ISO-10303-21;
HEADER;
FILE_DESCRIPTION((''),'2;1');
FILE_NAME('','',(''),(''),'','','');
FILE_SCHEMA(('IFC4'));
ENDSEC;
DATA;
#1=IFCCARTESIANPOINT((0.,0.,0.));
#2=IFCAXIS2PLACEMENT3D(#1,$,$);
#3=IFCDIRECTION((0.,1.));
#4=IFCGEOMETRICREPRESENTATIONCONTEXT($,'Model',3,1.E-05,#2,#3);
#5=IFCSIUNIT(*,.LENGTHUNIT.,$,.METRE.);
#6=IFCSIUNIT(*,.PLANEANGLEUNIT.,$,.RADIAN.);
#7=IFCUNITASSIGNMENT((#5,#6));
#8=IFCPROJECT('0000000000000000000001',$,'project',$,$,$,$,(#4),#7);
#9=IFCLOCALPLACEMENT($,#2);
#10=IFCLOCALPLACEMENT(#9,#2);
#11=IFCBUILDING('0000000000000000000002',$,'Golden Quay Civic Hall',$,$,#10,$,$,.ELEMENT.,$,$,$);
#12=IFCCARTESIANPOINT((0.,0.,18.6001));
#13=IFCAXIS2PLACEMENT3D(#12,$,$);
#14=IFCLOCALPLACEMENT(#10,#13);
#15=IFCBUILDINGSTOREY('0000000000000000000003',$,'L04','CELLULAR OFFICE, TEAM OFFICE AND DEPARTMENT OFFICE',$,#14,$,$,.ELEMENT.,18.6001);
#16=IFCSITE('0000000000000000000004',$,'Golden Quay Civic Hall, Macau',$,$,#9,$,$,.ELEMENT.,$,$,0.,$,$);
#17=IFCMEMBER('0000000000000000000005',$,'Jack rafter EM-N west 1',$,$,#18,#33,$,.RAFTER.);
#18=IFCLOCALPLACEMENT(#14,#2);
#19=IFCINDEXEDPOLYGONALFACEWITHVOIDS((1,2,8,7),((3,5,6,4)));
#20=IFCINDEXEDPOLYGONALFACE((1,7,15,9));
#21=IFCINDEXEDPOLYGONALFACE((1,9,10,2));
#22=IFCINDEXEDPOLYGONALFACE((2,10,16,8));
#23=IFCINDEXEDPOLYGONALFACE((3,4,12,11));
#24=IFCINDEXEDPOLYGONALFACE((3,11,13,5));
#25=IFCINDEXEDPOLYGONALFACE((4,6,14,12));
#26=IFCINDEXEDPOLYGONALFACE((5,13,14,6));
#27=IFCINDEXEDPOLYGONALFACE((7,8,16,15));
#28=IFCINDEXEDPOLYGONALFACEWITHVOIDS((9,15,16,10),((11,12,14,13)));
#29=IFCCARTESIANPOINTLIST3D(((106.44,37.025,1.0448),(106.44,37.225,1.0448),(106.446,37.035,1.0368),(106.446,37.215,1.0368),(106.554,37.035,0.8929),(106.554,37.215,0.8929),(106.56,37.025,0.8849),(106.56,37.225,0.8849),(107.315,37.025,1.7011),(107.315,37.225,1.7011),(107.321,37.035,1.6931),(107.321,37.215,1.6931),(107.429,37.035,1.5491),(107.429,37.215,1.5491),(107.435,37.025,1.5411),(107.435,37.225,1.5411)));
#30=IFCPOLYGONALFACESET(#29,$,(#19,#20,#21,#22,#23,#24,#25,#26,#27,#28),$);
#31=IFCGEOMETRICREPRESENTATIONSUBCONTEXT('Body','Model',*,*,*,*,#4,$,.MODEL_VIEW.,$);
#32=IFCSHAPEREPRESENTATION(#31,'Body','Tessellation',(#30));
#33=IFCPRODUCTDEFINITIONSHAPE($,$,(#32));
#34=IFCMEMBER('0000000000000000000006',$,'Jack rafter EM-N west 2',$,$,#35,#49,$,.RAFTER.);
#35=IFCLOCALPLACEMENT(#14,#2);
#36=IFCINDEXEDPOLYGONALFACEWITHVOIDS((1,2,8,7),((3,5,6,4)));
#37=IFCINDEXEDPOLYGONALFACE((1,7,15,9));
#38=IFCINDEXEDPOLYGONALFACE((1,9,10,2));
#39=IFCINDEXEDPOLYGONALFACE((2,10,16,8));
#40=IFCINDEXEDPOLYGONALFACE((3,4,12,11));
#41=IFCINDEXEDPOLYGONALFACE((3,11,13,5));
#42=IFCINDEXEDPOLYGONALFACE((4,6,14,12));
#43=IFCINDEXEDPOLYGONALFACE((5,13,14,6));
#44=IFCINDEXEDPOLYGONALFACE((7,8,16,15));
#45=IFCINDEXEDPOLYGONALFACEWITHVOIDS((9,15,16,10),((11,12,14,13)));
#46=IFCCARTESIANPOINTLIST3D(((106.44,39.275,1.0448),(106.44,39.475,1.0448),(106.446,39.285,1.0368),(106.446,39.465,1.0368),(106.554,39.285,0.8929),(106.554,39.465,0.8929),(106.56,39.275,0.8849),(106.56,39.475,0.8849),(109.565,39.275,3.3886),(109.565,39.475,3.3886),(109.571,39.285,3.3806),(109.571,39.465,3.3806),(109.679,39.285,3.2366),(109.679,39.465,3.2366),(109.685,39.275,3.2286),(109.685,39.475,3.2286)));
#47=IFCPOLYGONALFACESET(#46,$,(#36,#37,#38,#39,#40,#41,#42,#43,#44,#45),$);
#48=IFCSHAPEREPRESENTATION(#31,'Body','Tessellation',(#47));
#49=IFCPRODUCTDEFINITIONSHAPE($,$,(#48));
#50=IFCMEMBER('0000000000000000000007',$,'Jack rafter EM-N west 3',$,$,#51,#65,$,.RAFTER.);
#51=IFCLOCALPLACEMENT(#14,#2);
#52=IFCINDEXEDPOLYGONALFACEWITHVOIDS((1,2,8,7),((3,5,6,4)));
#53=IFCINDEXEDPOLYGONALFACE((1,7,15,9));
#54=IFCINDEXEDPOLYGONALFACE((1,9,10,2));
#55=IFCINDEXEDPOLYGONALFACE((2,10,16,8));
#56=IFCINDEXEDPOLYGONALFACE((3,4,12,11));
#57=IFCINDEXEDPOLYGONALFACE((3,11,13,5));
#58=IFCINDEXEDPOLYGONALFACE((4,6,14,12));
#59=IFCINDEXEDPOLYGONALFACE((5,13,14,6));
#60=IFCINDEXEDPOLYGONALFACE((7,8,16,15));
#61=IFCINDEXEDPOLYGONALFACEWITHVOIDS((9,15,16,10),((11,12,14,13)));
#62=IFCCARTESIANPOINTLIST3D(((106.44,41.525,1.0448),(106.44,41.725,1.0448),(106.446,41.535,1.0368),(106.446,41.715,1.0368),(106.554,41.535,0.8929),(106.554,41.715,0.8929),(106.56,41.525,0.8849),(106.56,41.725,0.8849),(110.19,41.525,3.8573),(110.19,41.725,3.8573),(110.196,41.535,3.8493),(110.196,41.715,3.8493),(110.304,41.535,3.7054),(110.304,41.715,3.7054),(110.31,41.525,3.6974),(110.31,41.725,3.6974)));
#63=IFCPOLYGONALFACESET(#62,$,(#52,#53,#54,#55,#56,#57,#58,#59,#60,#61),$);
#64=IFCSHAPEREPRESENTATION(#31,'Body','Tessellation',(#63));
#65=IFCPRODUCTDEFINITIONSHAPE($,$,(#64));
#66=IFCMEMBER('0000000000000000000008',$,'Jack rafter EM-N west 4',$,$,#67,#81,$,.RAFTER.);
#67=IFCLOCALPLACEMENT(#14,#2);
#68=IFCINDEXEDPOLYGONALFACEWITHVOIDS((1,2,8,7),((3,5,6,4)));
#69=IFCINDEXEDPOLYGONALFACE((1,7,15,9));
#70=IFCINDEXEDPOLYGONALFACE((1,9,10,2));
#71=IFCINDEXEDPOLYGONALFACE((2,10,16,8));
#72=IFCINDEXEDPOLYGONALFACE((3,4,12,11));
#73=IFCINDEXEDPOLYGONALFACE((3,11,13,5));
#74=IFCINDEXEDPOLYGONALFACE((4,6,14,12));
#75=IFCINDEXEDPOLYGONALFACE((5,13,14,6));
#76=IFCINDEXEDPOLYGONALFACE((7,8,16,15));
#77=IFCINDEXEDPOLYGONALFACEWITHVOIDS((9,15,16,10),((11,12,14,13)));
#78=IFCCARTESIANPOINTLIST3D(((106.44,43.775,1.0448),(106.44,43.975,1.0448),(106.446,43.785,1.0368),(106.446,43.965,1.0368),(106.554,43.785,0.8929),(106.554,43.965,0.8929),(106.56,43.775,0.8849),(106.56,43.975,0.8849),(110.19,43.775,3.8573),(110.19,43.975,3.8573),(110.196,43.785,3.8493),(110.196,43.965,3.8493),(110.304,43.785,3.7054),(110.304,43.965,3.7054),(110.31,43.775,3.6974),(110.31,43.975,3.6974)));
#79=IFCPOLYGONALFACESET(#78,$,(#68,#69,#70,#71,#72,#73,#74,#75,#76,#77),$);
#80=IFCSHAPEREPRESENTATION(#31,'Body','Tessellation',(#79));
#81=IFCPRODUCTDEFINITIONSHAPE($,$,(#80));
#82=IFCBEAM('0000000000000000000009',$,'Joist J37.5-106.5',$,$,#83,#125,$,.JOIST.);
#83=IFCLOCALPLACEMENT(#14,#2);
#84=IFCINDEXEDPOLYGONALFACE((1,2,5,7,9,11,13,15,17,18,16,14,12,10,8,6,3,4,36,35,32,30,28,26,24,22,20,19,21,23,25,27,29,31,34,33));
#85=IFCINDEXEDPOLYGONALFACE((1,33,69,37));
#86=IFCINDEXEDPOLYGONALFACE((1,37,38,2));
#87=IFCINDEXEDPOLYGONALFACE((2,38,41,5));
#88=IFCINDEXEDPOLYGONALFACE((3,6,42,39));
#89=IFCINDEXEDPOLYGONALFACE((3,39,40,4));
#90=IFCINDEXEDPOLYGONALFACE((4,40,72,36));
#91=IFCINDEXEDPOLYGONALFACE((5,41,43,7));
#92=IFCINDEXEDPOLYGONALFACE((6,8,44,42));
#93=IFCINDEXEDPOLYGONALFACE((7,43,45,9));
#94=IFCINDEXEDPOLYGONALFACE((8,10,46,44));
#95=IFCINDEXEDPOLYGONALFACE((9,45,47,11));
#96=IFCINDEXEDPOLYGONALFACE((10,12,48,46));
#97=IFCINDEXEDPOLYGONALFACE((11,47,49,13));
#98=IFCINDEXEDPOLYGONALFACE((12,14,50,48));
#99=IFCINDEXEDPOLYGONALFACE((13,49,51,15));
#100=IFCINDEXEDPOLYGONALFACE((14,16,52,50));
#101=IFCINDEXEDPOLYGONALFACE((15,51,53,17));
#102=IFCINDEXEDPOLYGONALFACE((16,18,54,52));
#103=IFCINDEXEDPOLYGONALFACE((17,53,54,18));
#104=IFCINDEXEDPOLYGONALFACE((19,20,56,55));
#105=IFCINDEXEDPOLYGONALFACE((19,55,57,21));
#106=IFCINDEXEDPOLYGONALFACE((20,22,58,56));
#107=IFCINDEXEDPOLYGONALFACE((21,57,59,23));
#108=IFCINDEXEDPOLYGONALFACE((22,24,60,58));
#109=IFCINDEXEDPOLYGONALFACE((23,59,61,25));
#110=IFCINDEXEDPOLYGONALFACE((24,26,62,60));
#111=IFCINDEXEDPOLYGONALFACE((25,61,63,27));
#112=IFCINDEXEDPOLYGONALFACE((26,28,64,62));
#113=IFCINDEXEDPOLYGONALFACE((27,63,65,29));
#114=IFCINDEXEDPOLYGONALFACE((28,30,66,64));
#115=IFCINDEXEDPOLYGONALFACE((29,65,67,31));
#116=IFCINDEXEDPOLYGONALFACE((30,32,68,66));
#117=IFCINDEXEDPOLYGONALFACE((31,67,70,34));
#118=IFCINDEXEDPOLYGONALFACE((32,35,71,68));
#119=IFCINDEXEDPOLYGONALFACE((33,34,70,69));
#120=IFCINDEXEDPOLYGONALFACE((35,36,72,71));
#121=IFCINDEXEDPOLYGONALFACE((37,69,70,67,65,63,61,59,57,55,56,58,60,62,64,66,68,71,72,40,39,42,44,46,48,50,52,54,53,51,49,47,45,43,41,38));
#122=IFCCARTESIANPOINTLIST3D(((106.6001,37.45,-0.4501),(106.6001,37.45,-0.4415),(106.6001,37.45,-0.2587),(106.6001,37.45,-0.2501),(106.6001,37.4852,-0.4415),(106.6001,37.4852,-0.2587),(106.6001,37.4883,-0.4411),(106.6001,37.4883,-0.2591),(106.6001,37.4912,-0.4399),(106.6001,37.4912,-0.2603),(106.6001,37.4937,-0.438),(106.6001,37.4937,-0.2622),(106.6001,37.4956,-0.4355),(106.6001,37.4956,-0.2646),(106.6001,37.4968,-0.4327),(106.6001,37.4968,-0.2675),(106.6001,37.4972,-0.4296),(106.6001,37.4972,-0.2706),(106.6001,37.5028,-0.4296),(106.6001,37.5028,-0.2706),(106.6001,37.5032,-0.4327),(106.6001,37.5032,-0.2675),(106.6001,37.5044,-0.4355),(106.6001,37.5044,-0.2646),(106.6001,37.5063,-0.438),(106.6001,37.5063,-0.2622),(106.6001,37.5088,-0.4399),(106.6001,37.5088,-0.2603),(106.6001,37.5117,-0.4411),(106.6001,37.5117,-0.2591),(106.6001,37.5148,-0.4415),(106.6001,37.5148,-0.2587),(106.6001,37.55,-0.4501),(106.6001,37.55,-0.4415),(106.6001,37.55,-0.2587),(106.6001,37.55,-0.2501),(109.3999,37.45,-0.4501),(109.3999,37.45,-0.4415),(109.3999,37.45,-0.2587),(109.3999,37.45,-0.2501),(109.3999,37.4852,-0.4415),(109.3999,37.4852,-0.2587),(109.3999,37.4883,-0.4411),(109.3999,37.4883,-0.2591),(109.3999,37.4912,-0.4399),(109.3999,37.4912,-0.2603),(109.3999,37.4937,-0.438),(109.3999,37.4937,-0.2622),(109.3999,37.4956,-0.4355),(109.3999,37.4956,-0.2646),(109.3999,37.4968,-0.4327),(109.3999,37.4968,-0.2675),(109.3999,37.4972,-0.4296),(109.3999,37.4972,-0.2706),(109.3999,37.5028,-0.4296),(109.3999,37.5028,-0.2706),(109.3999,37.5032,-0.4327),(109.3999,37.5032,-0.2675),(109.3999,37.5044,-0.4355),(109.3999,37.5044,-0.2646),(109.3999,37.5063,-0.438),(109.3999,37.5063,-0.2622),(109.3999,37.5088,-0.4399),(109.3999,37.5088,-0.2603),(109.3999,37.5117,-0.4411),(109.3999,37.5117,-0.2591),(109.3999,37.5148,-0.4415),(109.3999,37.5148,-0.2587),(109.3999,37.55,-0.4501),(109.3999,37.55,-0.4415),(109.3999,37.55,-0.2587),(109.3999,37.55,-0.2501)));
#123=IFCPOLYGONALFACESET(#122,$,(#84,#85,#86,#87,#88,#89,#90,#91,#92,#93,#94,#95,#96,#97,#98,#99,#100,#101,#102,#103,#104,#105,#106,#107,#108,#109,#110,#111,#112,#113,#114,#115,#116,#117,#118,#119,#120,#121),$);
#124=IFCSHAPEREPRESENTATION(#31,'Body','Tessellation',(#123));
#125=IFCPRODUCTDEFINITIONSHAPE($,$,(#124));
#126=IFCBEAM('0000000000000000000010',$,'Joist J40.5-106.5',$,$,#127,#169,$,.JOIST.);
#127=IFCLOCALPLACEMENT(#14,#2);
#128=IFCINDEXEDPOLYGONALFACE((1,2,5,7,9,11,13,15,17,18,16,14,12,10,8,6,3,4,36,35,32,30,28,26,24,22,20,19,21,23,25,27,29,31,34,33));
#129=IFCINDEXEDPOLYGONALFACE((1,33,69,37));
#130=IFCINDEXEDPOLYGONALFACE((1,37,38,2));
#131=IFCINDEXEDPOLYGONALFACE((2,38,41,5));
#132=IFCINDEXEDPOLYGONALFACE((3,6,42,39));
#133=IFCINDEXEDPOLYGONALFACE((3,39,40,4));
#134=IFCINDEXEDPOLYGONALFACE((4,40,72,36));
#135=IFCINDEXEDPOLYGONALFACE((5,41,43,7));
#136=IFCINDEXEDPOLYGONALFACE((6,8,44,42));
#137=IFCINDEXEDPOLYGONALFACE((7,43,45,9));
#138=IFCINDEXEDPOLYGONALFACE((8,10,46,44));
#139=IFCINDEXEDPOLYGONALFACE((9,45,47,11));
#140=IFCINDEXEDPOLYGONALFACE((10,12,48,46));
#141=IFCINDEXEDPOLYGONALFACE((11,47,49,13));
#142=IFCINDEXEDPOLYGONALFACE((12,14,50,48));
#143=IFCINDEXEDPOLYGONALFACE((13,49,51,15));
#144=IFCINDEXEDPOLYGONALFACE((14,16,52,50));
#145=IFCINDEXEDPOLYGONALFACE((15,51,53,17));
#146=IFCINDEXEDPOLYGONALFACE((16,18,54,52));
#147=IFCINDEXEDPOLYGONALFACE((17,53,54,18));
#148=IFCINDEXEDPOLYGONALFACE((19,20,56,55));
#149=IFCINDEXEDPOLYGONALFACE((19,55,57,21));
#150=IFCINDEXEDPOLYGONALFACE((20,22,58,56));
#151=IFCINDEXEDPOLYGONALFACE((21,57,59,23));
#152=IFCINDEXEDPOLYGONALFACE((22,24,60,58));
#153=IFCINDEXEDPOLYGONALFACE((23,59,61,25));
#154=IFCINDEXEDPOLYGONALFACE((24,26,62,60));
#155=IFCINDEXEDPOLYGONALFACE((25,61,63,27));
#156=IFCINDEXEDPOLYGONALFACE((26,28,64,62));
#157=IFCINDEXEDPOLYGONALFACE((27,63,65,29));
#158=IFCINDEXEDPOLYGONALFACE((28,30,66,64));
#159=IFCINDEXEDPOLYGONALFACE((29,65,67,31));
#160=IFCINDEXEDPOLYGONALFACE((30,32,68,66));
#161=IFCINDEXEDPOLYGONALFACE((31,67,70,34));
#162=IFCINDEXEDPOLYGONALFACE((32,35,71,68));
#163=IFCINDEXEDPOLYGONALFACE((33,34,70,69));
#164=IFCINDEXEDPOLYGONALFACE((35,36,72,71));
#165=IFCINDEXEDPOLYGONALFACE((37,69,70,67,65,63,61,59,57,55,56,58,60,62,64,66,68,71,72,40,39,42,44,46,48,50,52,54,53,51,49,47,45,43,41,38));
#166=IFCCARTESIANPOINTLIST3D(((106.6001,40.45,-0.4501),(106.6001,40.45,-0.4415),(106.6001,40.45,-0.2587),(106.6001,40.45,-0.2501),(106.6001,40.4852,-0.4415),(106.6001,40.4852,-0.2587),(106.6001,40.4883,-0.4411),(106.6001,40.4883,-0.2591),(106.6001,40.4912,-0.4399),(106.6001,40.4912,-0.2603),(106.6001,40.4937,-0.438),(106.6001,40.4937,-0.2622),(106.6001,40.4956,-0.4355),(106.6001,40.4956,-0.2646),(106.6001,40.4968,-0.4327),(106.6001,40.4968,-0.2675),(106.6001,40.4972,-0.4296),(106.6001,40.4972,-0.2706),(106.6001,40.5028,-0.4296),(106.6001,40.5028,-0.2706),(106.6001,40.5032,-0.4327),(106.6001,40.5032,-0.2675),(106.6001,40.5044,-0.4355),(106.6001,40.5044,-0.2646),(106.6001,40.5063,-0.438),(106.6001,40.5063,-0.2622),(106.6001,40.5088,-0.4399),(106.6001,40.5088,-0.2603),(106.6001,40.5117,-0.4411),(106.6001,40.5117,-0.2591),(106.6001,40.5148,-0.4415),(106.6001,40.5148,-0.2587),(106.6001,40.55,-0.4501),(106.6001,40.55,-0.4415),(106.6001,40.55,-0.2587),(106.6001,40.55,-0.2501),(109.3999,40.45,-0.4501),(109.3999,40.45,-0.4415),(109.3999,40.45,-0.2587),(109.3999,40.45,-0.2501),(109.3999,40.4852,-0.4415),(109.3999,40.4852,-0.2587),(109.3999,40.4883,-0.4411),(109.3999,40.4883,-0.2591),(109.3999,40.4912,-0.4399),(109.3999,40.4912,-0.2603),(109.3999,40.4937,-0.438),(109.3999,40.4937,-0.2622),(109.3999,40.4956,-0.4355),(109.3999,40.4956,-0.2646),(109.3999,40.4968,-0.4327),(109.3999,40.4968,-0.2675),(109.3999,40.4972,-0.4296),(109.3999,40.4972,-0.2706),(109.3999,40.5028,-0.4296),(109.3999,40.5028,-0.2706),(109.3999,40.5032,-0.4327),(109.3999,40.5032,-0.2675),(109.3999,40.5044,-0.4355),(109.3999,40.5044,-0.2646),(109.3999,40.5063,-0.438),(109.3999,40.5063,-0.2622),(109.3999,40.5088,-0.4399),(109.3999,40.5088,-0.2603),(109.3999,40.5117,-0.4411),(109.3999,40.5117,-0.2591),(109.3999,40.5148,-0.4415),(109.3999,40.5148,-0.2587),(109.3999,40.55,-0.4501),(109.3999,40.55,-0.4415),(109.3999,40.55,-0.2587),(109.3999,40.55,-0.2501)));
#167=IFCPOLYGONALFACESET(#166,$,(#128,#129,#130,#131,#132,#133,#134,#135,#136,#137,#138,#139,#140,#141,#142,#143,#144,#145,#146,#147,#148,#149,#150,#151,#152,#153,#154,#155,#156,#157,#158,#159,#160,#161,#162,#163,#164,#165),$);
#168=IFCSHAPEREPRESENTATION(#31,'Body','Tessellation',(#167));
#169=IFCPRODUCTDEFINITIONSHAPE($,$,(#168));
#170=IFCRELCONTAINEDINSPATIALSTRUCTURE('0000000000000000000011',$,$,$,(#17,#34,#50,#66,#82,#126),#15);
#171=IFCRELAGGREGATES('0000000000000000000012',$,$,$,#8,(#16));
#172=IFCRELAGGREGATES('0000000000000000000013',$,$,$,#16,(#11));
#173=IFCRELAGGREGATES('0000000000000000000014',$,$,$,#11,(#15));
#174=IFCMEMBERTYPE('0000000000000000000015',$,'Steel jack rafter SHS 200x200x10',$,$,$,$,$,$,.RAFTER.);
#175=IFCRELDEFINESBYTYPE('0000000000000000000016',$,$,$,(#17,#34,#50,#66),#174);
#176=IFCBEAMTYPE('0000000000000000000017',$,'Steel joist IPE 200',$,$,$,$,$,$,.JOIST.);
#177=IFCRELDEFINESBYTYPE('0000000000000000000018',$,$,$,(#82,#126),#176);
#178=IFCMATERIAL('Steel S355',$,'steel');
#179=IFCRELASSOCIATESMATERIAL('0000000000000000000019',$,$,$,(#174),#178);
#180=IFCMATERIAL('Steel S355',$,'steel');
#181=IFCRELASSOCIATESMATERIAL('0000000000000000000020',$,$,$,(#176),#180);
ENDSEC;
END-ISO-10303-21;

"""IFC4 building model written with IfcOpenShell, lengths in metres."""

from ifc_helpers import new_model, si_unit, direction, frame, origin, origin_2d, place, context, subcontext, project, spatial, hollow_rectangle, i_section, extrude, material, material_profile, profile_set, type_object, element, save


model = new_model("IFC4")

# Units and contexts
model_context = context("Model", 3, precision=1e-05, world=origin(), true_north=direction((0.0, 1.0)))
body_context = subcontext(model_context, "Body", "Model", "MODEL_VIEW")
ifc_project = project(units=[si_unit("LENGTHUNIT", "METRE"), si_unit("PLANEANGLEUNIT", "RADIAN")], contexts=[model_context])

# Site, building, storey
site_placement = place(None, origin())
site = spatial("IfcSite", under=ifc_project, at=site_placement, Name="Golden Quay Civic Hall, Macau", CompositionType="ELEMENT", RefElevation=0.0)
building_placement = place(site_placement, origin())
building = spatial("IfcBuilding", under=site, at=building_placement, Name="Golden Quay Civic Hall", CompositionType="ELEMENT")
storey_placement = place(building_placement, frame((0.0, 0.0, 18.6001)))
storey = spatial("IfcBuildingStorey", under=building, at=storey_placement, Name="L04", Description="CELLULAR OFFICE, TEAM OFFICE AND DEPARTMENT OFFICE", CompositionType="ELEMENT", Elevation=18.6001)

# Members
ifc_material_1 = material(Name="Steel S355", Category="steel")
ifc_material_profile_1 = material_profile(ifc_material_1, hollow_rectangle(XDim=0.2, YDim=0.2, WallThickness=0.01, at=origin_2d()), Name="SHS 200x200x10")
ifc_profile_set_1 = profile_set([ifc_material_profile_1], Name="Steel S355")
member_type_1 = type_object("IfcMemberType", Name="Steel jack rafter SHS 200x200x10", PredefinedType="RAFTER", material=ifc_profile_set_1)
member_1_placement = place(storey_placement, frame((106.5, 37.125, 0.9648), z_axis=(0.8, 0.0, 0.6), x_axis=(0.0, 1.0, 0.0)))
element("IfcMember", 1, at=member_1_placement, inside=storey, type_object=member_type_1, Name="Jack rafter EM-N west 1", PredefinedType="RAFTER", context=body_context, shape_type="SweptSolid", body=[
    extrude(hollow_rectangle(XDim=0.2, YDim=0.2, WallThickness=0.01, at=origin_2d()), origin(), (0.0, 0.0, 1.0), 1.0938),
])
member_2_placement = place(storey_placement, frame((106.5, 39.375, 0.9648), z_axis=(0.8, 0.0, 0.6), x_axis=(0.0, 1.0, 0.0)))
element("IfcMember", 2, at=member_2_placement, inside=storey, type_object=member_type_1, Name="Jack rafter EM-N west 2", PredefinedType="RAFTER", context=body_context, shape_type="SweptSolid", body=[
    extrude(hollow_rectangle(XDim=0.2, YDim=0.2, WallThickness=0.01, at=origin_2d()), origin(), (0.0, 0.0, 1.0), 3.9062),
])
for number, where, z_axis, x_axis, name in (
    (3, (106.5, 41.625, 0.9648), (0.8, 0.0, 0.6), (0.0, 1.0, 0.0), "Jack rafter EM-N west 3"),
    (4, (106.5, 43.875, 0.9648), (0.8, 0.0, 0.6), (0.0, 1.0, 0.0), "Jack rafter EM-N west 4"),
):
    element("IfcMember", number, at=place(storey_placement, frame(where, z_axis=z_axis, x_axis=x_axis)), inside=storey, type_object=member_type_1, Name=name, PredefinedType="RAFTER", context=body_context, shape_type="SweptSolid", body=[
        extrude(hollow_rectangle(XDim=0.2, YDim=0.2, WallThickness=0.01, at=origin_2d()), origin(), (0.0, 0.0, 1.0), 4.6875),
    ])

# Beams
ifc_material_2 = material(Name="Steel S355", Category="steel")
ifc_material_profile_2 = material_profile(ifc_material_2, i_section(OverallWidth=0.1001, OverallDepth=0.2, WebThickness=0.0056, FlangeThickness=0.0085, FilletRadius=0.012, at=origin_2d()), Name="IPE 200")
ifc_profile_set_2 = profile_set([ifc_material_profile_2], Name="Steel S355")
beam_type_1 = type_object("IfcBeamType", Name="Steel joist IPE 200", PredefinedType="JOIST", material=ifc_profile_set_2)
for number, where, z_axis, x_axis, name in (
    (5, (106.6001, 37.5, -0.3501), (1.0, 0.0, 0.0), (0.0, 1.0, 0.0), "Joist J37.5-106.5"),
    (6, (106.6001, 40.5, -0.3501), (1.0, 0.0, 0.0), (0.0, 1.0, 0.0), "Joist J40.5-106.5"),
):
    element("IfcBeam", number, at=place(storey_placement, frame(where, z_axis=z_axis, x_axis=x_axis)), inside=storey, type_object=beam_type_1, Name=name, PredefinedType="JOIST", context=body_context, shape_type="SweptSolid", body=[
        extrude(i_section(OverallWidth=0.1001, OverallDepth=0.2, WebThickness=0.0056, FlangeThickness=0.0085, FilletRadius=0.012, at=origin_2d()), origin(), (0.0, 0.0, 1.0), 2.7998),
    ])

save(model, "model.ifc")
